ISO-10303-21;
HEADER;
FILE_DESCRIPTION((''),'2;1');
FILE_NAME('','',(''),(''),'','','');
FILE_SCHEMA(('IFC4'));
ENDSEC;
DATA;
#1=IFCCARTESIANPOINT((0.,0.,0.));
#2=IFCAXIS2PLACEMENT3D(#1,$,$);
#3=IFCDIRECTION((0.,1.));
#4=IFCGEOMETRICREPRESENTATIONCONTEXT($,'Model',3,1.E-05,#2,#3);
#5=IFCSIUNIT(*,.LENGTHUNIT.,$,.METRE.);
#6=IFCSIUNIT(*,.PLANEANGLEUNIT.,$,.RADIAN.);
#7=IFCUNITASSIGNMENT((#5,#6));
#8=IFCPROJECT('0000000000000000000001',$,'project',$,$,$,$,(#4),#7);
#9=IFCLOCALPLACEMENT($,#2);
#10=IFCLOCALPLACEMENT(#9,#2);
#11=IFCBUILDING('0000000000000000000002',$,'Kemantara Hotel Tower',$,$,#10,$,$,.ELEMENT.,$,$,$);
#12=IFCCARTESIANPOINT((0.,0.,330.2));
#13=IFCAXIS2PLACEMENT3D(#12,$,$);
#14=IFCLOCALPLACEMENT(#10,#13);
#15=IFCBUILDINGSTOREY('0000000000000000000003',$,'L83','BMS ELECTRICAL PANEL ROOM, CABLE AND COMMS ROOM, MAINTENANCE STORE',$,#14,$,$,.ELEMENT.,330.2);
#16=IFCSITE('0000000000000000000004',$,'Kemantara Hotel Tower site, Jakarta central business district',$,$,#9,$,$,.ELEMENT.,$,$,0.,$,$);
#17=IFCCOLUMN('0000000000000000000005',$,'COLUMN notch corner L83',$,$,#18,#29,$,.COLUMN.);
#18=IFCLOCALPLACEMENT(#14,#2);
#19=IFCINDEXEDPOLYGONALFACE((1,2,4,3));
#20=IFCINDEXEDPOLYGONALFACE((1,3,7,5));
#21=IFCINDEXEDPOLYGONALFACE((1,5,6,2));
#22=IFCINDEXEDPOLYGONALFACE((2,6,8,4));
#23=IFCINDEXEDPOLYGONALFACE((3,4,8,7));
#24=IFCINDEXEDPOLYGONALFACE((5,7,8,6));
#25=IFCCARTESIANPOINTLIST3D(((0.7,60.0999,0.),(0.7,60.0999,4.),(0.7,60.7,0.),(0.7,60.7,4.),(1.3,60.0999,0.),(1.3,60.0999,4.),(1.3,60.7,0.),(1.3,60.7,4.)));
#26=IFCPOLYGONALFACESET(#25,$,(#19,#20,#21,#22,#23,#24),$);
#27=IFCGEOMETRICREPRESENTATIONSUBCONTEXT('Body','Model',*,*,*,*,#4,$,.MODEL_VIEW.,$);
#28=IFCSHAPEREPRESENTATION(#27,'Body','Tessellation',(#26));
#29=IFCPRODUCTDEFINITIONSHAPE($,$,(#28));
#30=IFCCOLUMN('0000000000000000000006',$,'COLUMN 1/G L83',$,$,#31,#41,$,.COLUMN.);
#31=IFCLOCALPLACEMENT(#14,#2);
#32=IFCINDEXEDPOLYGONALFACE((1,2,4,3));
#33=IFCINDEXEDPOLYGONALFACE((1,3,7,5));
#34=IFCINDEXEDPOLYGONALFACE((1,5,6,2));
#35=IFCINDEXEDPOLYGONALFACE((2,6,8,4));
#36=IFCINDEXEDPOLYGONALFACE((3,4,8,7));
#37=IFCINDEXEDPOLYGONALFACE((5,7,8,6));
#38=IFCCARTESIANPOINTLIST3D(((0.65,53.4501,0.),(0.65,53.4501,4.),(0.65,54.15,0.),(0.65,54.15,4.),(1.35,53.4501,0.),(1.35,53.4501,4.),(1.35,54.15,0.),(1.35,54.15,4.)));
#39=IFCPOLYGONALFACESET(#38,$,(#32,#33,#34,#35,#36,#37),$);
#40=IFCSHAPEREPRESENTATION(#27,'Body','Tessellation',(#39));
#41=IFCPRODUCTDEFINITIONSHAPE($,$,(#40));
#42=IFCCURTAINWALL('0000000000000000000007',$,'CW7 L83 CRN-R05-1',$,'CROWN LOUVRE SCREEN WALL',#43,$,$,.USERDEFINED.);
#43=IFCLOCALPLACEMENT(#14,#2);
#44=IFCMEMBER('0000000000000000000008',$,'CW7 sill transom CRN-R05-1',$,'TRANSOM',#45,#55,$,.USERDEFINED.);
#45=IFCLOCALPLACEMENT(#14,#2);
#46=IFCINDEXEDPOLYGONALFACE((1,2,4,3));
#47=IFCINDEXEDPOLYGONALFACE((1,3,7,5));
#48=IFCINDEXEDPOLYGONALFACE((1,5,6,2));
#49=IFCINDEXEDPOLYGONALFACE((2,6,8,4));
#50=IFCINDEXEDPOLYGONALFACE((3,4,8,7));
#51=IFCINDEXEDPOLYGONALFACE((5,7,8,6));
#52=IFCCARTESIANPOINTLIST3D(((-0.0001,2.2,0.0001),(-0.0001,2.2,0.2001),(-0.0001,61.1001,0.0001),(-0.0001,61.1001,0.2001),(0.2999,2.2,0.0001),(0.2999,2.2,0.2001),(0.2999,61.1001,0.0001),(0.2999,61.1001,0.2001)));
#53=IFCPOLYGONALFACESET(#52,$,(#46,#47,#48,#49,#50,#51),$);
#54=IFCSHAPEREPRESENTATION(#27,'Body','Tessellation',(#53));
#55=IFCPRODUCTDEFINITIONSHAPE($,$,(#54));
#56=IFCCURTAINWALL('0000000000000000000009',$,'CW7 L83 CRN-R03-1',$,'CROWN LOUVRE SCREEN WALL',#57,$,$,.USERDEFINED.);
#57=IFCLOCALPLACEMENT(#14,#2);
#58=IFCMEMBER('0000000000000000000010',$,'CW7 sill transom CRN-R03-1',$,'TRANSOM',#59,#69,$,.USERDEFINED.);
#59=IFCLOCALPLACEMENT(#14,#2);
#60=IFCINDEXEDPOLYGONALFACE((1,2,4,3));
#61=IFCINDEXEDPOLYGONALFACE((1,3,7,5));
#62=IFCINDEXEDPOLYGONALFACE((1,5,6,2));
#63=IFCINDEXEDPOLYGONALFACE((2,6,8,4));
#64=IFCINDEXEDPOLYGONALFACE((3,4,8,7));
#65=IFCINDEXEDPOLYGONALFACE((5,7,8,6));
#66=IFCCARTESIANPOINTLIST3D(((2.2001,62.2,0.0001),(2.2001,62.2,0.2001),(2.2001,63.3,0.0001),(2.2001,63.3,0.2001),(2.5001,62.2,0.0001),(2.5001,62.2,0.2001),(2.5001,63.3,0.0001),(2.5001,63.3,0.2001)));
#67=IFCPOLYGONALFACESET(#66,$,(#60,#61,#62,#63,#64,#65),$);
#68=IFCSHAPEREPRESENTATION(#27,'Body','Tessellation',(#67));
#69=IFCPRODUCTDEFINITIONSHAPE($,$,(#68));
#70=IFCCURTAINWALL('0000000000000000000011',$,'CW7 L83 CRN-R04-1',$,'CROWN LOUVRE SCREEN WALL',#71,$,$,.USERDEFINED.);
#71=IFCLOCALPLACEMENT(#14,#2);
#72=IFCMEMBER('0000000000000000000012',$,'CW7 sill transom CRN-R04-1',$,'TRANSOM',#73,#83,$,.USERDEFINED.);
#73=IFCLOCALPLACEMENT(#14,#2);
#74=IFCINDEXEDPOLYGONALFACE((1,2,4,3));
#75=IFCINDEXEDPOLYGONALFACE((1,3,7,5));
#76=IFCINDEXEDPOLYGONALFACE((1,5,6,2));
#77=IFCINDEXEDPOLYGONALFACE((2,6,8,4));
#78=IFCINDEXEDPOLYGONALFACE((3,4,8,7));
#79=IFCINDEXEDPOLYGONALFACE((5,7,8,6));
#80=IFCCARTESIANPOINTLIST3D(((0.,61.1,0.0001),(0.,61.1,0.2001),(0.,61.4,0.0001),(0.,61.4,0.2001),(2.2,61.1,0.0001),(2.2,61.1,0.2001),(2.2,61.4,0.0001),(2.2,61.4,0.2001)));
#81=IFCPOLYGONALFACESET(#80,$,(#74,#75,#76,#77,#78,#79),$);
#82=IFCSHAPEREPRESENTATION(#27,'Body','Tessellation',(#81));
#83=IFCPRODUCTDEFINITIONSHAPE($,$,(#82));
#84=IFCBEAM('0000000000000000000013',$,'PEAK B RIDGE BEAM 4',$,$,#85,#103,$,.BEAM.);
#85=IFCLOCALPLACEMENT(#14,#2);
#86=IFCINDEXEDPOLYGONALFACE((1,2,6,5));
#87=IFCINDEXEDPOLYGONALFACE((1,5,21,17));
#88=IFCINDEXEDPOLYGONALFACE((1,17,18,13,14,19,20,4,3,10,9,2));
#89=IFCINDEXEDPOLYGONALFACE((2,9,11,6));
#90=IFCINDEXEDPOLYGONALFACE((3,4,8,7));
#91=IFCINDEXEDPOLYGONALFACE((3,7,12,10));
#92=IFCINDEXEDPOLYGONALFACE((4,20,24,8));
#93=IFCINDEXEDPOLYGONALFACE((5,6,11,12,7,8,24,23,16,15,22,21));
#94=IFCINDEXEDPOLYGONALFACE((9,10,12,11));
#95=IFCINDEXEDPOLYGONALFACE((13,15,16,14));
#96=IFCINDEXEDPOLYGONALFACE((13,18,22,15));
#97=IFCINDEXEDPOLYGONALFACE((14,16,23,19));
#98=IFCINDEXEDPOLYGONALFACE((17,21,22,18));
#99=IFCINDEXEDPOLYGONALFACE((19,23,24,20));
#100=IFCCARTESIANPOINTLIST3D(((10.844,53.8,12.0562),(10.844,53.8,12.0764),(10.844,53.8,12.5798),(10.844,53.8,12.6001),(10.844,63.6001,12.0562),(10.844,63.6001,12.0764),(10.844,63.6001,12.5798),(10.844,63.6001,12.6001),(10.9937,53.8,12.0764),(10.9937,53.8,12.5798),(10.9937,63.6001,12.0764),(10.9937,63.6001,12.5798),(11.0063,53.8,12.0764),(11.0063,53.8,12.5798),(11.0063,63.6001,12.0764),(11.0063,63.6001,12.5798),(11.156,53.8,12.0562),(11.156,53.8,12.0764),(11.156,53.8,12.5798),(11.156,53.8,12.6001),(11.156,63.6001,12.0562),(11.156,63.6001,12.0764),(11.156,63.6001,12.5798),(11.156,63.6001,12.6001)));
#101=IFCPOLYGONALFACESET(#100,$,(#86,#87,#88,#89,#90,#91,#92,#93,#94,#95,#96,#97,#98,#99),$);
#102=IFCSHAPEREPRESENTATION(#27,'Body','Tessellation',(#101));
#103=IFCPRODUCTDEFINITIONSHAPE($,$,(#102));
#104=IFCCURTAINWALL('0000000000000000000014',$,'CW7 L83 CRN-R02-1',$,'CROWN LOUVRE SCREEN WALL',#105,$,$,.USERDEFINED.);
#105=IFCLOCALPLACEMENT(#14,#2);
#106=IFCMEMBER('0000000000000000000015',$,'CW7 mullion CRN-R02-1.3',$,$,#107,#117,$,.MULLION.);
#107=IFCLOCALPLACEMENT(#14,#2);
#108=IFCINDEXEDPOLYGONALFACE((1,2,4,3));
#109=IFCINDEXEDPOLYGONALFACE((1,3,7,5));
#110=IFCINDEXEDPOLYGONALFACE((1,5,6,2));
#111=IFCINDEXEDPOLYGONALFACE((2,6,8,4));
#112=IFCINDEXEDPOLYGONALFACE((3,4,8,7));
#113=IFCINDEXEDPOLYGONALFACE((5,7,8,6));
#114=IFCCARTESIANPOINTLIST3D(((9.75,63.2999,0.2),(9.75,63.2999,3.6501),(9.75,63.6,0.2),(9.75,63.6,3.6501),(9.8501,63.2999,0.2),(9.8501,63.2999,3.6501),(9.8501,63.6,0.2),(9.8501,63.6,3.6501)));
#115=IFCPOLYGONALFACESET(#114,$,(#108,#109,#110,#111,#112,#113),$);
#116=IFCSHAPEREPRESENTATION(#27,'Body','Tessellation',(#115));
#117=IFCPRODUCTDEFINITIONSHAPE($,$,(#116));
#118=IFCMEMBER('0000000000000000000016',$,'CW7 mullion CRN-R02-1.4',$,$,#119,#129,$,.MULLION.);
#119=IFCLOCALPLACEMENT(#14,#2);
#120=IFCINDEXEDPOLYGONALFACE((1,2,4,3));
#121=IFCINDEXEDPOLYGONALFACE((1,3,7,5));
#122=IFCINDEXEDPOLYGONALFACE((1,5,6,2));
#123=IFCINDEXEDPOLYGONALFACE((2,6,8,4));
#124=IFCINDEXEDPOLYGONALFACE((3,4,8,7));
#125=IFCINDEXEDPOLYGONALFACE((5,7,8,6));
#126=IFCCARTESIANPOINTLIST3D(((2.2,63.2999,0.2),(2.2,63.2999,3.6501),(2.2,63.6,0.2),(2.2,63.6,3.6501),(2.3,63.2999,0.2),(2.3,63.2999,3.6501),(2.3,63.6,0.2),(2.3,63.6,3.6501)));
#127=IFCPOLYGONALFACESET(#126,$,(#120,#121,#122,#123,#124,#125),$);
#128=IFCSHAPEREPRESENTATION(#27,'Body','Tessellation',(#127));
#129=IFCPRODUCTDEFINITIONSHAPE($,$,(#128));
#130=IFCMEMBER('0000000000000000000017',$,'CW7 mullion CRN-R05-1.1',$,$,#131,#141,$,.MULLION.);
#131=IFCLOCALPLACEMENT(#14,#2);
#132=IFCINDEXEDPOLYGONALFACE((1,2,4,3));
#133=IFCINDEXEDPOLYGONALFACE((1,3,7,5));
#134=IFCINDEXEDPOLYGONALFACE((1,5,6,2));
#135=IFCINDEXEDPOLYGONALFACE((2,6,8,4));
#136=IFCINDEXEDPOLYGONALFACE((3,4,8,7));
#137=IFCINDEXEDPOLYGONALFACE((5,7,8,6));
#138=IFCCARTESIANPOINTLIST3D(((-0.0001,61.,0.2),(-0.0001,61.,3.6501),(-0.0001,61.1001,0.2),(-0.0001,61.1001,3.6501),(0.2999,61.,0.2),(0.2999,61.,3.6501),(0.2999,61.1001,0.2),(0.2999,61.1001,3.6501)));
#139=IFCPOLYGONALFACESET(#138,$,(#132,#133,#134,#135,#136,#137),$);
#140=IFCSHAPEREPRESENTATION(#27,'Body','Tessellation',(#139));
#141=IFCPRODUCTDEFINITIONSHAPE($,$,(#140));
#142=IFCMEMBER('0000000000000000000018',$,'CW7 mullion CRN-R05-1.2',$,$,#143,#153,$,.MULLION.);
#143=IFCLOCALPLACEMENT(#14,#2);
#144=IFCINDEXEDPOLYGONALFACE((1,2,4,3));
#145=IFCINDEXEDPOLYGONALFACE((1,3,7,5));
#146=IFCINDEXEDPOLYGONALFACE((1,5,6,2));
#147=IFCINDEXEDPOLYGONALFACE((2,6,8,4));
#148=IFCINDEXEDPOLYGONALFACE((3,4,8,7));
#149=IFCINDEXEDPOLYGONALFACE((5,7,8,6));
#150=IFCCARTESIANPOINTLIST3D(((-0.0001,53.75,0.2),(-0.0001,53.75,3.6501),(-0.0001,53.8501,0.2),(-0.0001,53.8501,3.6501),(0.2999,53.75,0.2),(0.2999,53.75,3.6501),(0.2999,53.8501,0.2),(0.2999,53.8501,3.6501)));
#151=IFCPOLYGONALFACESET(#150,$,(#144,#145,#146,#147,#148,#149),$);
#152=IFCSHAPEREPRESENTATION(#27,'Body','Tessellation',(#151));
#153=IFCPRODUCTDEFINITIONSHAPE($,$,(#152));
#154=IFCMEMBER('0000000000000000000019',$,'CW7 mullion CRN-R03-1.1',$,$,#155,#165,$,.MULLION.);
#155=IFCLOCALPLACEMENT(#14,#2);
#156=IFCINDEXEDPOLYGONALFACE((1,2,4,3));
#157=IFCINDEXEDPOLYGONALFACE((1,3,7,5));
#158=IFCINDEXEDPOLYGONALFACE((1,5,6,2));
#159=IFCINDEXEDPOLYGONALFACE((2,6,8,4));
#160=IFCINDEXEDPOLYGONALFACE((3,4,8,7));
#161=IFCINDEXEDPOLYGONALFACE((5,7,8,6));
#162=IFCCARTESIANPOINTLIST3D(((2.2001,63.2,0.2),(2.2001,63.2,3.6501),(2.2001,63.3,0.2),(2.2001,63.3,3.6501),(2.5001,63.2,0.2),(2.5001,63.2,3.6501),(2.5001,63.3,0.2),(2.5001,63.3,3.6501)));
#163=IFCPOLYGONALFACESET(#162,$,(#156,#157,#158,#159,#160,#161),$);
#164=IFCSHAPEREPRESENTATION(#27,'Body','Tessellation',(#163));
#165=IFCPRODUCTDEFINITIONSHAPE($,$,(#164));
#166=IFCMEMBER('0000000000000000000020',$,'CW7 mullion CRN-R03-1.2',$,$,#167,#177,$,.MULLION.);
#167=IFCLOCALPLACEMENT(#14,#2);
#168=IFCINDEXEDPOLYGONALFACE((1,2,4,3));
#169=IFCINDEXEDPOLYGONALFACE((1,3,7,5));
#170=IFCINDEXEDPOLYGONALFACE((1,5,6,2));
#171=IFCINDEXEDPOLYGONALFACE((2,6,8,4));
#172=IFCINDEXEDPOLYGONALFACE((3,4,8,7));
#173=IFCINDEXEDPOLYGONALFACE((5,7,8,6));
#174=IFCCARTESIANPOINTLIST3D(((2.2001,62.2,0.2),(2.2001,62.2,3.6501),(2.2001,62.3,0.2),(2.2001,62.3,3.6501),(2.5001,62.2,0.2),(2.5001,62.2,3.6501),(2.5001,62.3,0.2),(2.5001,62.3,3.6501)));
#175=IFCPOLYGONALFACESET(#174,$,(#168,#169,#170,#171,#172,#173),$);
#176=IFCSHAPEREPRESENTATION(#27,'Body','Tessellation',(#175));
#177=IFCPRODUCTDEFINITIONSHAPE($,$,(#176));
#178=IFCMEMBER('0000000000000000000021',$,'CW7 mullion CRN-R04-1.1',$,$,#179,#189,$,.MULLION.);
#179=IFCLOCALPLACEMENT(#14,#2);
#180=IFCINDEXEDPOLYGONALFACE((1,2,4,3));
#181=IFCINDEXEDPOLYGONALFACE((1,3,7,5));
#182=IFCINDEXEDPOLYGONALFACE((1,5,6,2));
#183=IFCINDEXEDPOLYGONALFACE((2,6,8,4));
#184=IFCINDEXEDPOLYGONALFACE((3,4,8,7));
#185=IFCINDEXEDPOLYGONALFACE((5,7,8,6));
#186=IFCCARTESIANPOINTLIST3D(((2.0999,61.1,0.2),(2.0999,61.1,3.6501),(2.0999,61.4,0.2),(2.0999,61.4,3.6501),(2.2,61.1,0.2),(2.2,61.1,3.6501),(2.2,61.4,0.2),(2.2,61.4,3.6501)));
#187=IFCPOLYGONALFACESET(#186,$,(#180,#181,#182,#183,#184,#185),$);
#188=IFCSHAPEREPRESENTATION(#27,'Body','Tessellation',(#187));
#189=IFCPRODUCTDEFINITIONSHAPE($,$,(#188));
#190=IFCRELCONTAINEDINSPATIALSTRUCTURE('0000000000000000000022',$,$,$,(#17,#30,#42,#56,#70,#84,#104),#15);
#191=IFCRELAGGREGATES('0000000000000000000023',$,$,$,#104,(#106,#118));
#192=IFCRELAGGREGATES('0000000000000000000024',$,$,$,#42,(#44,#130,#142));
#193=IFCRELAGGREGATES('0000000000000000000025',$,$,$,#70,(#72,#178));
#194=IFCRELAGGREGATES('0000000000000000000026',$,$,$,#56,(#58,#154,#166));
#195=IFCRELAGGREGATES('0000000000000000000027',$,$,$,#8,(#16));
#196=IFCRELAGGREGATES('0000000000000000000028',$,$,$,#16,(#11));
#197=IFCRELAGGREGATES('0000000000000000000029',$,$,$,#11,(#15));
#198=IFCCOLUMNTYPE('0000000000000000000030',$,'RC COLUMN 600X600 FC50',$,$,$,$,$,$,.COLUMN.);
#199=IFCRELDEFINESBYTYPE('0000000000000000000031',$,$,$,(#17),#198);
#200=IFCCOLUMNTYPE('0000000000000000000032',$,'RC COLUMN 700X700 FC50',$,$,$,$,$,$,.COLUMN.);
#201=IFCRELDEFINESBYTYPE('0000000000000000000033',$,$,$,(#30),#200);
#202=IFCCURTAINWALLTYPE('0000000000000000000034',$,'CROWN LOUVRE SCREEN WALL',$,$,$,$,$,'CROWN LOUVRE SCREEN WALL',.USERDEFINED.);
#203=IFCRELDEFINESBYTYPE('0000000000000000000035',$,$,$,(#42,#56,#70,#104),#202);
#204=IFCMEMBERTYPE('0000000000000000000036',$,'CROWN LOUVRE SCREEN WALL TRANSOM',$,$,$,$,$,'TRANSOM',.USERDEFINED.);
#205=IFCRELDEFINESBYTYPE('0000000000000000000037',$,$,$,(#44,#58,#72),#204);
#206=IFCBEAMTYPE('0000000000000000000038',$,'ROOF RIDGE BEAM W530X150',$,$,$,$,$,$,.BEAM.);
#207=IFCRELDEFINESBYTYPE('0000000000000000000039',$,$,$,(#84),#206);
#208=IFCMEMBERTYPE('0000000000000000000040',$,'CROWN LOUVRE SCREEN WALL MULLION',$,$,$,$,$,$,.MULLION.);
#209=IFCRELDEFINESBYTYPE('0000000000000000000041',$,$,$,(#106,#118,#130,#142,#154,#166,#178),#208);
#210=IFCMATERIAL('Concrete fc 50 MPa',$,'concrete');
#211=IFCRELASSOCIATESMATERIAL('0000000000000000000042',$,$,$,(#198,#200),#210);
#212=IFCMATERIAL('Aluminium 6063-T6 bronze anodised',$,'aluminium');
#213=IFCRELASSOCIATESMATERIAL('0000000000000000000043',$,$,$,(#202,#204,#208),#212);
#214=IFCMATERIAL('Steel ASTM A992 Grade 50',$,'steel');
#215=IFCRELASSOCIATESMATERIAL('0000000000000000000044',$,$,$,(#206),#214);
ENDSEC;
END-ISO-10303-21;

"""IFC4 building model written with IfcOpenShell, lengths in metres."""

from ifc_helpers import new_model, si_unit, direction, frame, origin, origin_2d, place, context, subcontext, project, spatial, rectangle, i_section, extrude, source, transform, mapped, material, material_profile, profile_set, type_object, element, aggregate, save


model = new_model("IFC4")

# Units and contexts
model_context = context("Model", 3, precision=1e-05, world=origin(), true_north=direction((0.0, 1.0)))
body_context = subcontext(model_context, "Body", "Model", "MODEL_VIEW")
ifc_project = project(units=[si_unit("LENGTHUNIT", "METRE"), si_unit("PLANEANGLEUNIT", "RADIAN")], contexts=[model_context])

# Site, building, storey
site_placement = place(None, origin())
site = spatial("IfcSite", under=ifc_project, at=site_placement, Name="Kemantara Hotel Tower site, Jakarta central business district", CompositionType="ELEMENT", RefElevation=0.0)
building_placement = place(site_placement, origin())
building = spatial("IfcBuilding", under=site, at=building_placement, Name="Kemantara Hotel Tower", CompositionType="ELEMENT")
storey_placement = place(building_placement, frame((0.0, 0.0, 330.2)))
storey = spatial("IfcBuildingStorey", under=building, at=storey_placement, Name="L83", Description="BMS ELECTRICAL PANEL ROOM, CABLE AND COMMS ROOM, MAINTENANCE STORE", CompositionType="ELEMENT", Elevation=330.2)

# Columns
ifc_material_1 = material(Name="Concrete fc 50 MPa", Category="concrete")
ifc_material_profile_1 = material_profile(ifc_material_1, rectangle(XDim=0.6001, YDim=0.6001, at=origin_2d()), Name="RC 600X600")
ifc_profile_set_1 = profile_set([ifc_material_profile_1], Name="Concrete fc 50 MPa")
column_type_1 = type_object("IfcColumnType", Name="RC COLUMN 600X600 FC50", PredefinedType="COLUMN", material=ifc_profile_set_1)
column_1_placement = place(storey_placement, frame((1.0, 60.3999, 0.0), z_axis=(0.0, 0.0, 1.0), x_axis=(1.0, 0.0, 0.0)))
element("IfcColumn", 1, at=column_1_placement, inside=storey, type_object=column_type_1, Name="COLUMN notch corner L83", PredefinedType="COLUMN", context=body_context, shape_type="SweptSolid", body=[
    extrude(rectangle(XDim=0.6001, YDim=0.6001, at=origin_2d()), origin(), (0.0, 0.0, 1.0), 4.0),
])
ifc_material_profile_2 = material_profile(ifc_material_1, rectangle(XDim=0.7, YDim=0.7, at=origin_2d()), Name="RC 700X700")
ifc_profile_set_2 = profile_set([ifc_material_profile_2], Name="Concrete fc 50 MPa")
column_type_2 = type_object("IfcColumnType", Name="RC COLUMN 700X700 FC50", PredefinedType="COLUMN", material=ifc_profile_set_2)
column_2_placement = place(storey_placement, frame((1.0, 53.8, 0.0), z_axis=(0.0, 0.0, 1.0), x_axis=(1.0, 0.0, 0.0)))
element("IfcColumn", 2, at=column_2_placement, inside=storey, type_object=column_type_2, Name="COLUMN 1/G L83", PredefinedType="COLUMN", context=body_context, shape_type="SweptSolid", body=[
    extrude(rectangle(XDim=0.7, YDim=0.7, at=origin_2d()), origin(), (0.0, 0.0, 1.0), 4.0),
])

# Curtain walls, members
ifc_material_2 = material(Name="Aluminium 6063-T6 bronze anodised", Category="aluminium")
curtain_wall_type = type_object("IfcCurtainWallType", Name="CROWN LOUVRE SCREEN WALL", ElementType="CROWN LOUVRE SCREEN WALL", PredefinedType="USERDEFINED", material=ifc_material_2)
curtain_wall_1_placement = place(storey_placement, origin())
curtain_wall_1 = element("IfcCurtainWall", 3, at=curtain_wall_1_placement, inside=storey, type_object=curtain_wall_type, Name="CW7 L83 CRN-R05-1", ObjectType="CROWN LOUVRE SCREEN WALL", PredefinedType="USERDEFINED")
ifc_material_profile_3 = material_profile(ifc_material_2, rectangle(XDim=0.3, YDim=0.2, at=origin_2d()), Name="CROWN LOUVRE SCREEN WALL TRANSOM")
ifc_profile_set_3 = profile_set([ifc_material_profile_3], Name="Aluminium 6063-T6 bronze anodised")
member_type_1 = type_object("IfcMemberType", Name="CROWN LOUVRE SCREEN WALL TRANSOM", ElementType="TRANSOM", PredefinedType="USERDEFINED", material=ifc_profile_set_3)
member_1_placement = place(storey_placement, frame((0.1499, 61.1001, 0.1001), z_axis=(0.0, -1.0, 0.0), x_axis=(1.0, 0.0, 0.0)))
member_1 = element("IfcMember", 4, at=member_1_placement, type_object=member_type_1, Name="CW7 sill transom CRN-R05-1", ObjectType="TRANSOM", PredefinedType="USERDEFINED", context=body_context, shape_type="SweptSolid", body=[
    extrude(rectangle(XDim=0.3, YDim=0.2, at=origin_2d()), origin(), (0.0, 0.0, 1.0), 58.9001),
])
curtain_wall_2_placement = place(storey_placement, origin())
curtain_wall_2 = element("IfcCurtainWall", 5, at=curtain_wall_2_placement, inside=storey, type_object=curtain_wall_type, Name="CW7 L83 CRN-R03-1", ObjectType="CROWN LOUVRE SCREEN WALL", PredefinedType="USERDEFINED")
member_2_placement = place(storey_placement, frame((2.3501, 63.3, 0.1001), z_axis=(0.0, -1.0, 0.0), x_axis=(1.0, 0.0, 0.0)))
member_2 = element("IfcMember", 6, at=member_2_placement, type_object=member_type_1, Name="CW7 sill transom CRN-R03-1", ObjectType="TRANSOM", PredefinedType="USERDEFINED", context=body_context, shape_type="SweptSolid", body=[
    extrude(rectangle(XDim=0.3, YDim=0.2, at=origin_2d()), origin(), (0.0, 0.0, 1.0), 1.1001),
])
curtain_wall_3_placement = place(storey_placement, origin())
curtain_wall_3 = element("IfcCurtainWall", 7, at=curtain_wall_3_placement, inside=storey, type_object=curtain_wall_type, Name="CW7 L83 CRN-R04-1", ObjectType="CROWN LOUVRE SCREEN WALL", PredefinedType="USERDEFINED")
member_3_placement = place(storey_placement, frame((2.2, 61.25, 0.1001), z_axis=(-1.0, 0.0, 0.0), x_axis=(0.0, -1.0, 0.0)))
member_3 = element("IfcMember", 8, at=member_3_placement, type_object=member_type_1, Name="CW7 sill transom CRN-R04-1", ObjectType="TRANSOM", PredefinedType="USERDEFINED", context=body_context, shape_type="SweptSolid", body=[
    extrude(rectangle(XDim=0.3, YDim=0.2, at=origin_2d()), origin(), (0.0, 0.0, 1.0), 2.2),
])

# Beam
ifc_material_3 = material(Name="Steel ASTM A992 Grade 50", Category="steel")
ifc_material_profile_4 = material_profile(ifc_material_3, i_section(OverallWidth=0.312, OverallDepth=0.5439, WebThickness=0.0127, FlangeThickness=0.0203, at=origin_2d()), Name="W530X150")
ifc_profile_set_4 = profile_set([ifc_material_profile_4], Name="Steel ASTM A992 Grade 50")
beam_type = type_object("IfcBeamType", Name="ROOF RIDGE BEAM W530X150", PredefinedType="BEAM", material=ifc_profile_set_4)
beam_placement = place(storey_placement, frame((11.0, 53.8, 12.3281), z_axis=(0.0, 1.0, 0.0), x_axis=(-1.0, 0.0, 0.0)))
element("IfcBeam", 9, at=beam_placement, inside=storey, type_object=beam_type, Name="PEAK B RIDGE BEAM 4", PredefinedType="BEAM", context=body_context, shape_type="SweptSolid", body=[
    extrude(i_section(OverallWidth=0.312, OverallDepth=0.5439, WebThickness=0.0127, FlangeThickness=0.0203, at=origin_2d()), origin(), (0.0, 0.0, 1.0), 9.8),
])

# Curtain wall, members
curtain_wall_4_placement = place(storey_placement, origin())
curtain_wall_4 = element("IfcCurtainWall", 10, at=curtain_wall_4_placement, inside=storey, type_object=curtain_wall_type, Name="CW7 L83 CRN-R02-1", ObjectType="CROWN LOUVRE SCREEN WALL", PredefinedType="USERDEFINED")
ifc_material_profile_5 = material_profile(ifc_material_2, rectangle(XDim=0.3, YDim=0.1001, at=origin_2d()), Name="CROWN LOUVRE SCREEN WALL MULLION")
ifc_profile_set_5 = profile_set([ifc_material_profile_5], Name="Aluminium 6063-T6 bronze anodised")
member_type_2 = type_object("IfcMemberType", Name="CROWN LOUVRE SCREEN WALL MULLION", PredefinedType="MULLION", material=ifc_profile_set_5)
shared_shape_1 = source(origin(), body_context, "Body", "SweptSolid", [
    extrude(rectangle(XDim=0.3, YDim=0.1001, at=origin_2d()), origin(), (0.0, 0.0, 1.0), 3.4502),
])
member_4_placement = place(storey_placement, frame((9.8, 63.45, 0.2), z_axis=(0.0, 0.0, 1.0), x_axis=(0.0, -1.0, 0.0)))
member_4 = element("IfcMember", 11, at=member_4_placement, type_object=member_type_2, Name="CW7 mullion CRN-R02-1.3", PredefinedType="MULLION", context=body_context, shape_type="MappedRepresentation", body=[
    mapped(shared_shape_1, transform((0.0, 0.0, 0.0))),
])
member_5_placement = place(storey_placement, frame((2.25, 63.45, 0.2), z_axis=(0.0, 0.0, 1.0), x_axis=(0.0, -1.0, 0.0)))
member_5 = element("IfcMember", 12, at=member_5_placement, type_object=member_type_2, Name="CW7 mullion CRN-R02-1.4", PredefinedType="MULLION", context=body_context, shape_type="MappedRepresentation", body=[
    mapped(shared_shape_1, transform((0.0, 0.0, 0.0))),
])

# Members
member_6_placement = place(storey_placement, frame((0.1499, 61.05, 0.2), z_axis=(0.0, 0.0, 1.0), x_axis=(1.0, 0.0, 0.0)))
member_6 = element("IfcMember", 13, at=member_6_placement, type_object=member_type_2, Name="CW7 mullion CRN-R05-1.1", PredefinedType="MULLION", context=body_context, shape_type="MappedRepresentation", body=[
    mapped(shared_shape_1, transform((0.0, 0.0, 0.0))),
])
member_7_placement = place(storey_placement, frame((0.1499, 53.8, 0.2), z_axis=(0.0, 0.0, 1.0), x_axis=(1.0, 0.0, 0.0)))
member_7 = element("IfcMember", 14, at=member_7_placement, type_object=member_type_2, Name="CW7 mullion CRN-R05-1.2", PredefinedType="MULLION", context=body_context, shape_type="MappedRepresentation", body=[
    mapped(shared_shape_1, transform((0.0, 0.0, 0.0))),
])
member_8_placement = place(storey_placement, frame((2.3501, 63.25, 0.2), z_axis=(0.0, 0.0, 1.0), x_axis=(1.0, 0.0, 0.0)))
member_8 = element("IfcMember", 15, at=member_8_placement, type_object=member_type_2, Name="CW7 mullion CRN-R03-1.1", PredefinedType="MULLION", context=body_context, shape_type="MappedRepresentation", body=[
    mapped(shared_shape_1, transform((0.0, 0.0, 0.0))),
])
member_9_placement = place(storey_placement, frame((2.3501, 62.25, 0.2), z_axis=(0.0, 0.0, 1.0), x_axis=(1.0, 0.0, 0.0)))
member_9 = element("IfcMember", 16, at=member_9_placement, type_object=member_type_2, Name="CW7 mullion CRN-R03-1.2", PredefinedType="MULLION", context=body_context, shape_type="MappedRepresentation", body=[
    mapped(shared_shape_1, transform((0.0, 0.0, 0.0))),
])
member_10_placement = place(storey_placement, frame((2.1499, 61.25, 0.2), z_axis=(0.0, 0.0, 1.0), x_axis=(0.0, -1.0, 0.0)))
member_10 = element("IfcMember", 17, at=member_10_placement, type_object=member_type_2, Name="CW7 mullion CRN-R04-1.1", PredefinedType="MULLION", context=body_context, shape_type="MappedRepresentation", body=[
    mapped(shared_shape_1, transform((0.0, 0.0, 0.0))),
])

aggregate(curtain_wall_4, [member_4, member_5])
aggregate(curtain_wall_1, [member_1, member_6, member_7])
aggregate(curtain_wall_3, [member_3, member_10])
aggregate(curtain_wall_2, [member_2, member_8, member_9])

save(model, "model.ifc")
